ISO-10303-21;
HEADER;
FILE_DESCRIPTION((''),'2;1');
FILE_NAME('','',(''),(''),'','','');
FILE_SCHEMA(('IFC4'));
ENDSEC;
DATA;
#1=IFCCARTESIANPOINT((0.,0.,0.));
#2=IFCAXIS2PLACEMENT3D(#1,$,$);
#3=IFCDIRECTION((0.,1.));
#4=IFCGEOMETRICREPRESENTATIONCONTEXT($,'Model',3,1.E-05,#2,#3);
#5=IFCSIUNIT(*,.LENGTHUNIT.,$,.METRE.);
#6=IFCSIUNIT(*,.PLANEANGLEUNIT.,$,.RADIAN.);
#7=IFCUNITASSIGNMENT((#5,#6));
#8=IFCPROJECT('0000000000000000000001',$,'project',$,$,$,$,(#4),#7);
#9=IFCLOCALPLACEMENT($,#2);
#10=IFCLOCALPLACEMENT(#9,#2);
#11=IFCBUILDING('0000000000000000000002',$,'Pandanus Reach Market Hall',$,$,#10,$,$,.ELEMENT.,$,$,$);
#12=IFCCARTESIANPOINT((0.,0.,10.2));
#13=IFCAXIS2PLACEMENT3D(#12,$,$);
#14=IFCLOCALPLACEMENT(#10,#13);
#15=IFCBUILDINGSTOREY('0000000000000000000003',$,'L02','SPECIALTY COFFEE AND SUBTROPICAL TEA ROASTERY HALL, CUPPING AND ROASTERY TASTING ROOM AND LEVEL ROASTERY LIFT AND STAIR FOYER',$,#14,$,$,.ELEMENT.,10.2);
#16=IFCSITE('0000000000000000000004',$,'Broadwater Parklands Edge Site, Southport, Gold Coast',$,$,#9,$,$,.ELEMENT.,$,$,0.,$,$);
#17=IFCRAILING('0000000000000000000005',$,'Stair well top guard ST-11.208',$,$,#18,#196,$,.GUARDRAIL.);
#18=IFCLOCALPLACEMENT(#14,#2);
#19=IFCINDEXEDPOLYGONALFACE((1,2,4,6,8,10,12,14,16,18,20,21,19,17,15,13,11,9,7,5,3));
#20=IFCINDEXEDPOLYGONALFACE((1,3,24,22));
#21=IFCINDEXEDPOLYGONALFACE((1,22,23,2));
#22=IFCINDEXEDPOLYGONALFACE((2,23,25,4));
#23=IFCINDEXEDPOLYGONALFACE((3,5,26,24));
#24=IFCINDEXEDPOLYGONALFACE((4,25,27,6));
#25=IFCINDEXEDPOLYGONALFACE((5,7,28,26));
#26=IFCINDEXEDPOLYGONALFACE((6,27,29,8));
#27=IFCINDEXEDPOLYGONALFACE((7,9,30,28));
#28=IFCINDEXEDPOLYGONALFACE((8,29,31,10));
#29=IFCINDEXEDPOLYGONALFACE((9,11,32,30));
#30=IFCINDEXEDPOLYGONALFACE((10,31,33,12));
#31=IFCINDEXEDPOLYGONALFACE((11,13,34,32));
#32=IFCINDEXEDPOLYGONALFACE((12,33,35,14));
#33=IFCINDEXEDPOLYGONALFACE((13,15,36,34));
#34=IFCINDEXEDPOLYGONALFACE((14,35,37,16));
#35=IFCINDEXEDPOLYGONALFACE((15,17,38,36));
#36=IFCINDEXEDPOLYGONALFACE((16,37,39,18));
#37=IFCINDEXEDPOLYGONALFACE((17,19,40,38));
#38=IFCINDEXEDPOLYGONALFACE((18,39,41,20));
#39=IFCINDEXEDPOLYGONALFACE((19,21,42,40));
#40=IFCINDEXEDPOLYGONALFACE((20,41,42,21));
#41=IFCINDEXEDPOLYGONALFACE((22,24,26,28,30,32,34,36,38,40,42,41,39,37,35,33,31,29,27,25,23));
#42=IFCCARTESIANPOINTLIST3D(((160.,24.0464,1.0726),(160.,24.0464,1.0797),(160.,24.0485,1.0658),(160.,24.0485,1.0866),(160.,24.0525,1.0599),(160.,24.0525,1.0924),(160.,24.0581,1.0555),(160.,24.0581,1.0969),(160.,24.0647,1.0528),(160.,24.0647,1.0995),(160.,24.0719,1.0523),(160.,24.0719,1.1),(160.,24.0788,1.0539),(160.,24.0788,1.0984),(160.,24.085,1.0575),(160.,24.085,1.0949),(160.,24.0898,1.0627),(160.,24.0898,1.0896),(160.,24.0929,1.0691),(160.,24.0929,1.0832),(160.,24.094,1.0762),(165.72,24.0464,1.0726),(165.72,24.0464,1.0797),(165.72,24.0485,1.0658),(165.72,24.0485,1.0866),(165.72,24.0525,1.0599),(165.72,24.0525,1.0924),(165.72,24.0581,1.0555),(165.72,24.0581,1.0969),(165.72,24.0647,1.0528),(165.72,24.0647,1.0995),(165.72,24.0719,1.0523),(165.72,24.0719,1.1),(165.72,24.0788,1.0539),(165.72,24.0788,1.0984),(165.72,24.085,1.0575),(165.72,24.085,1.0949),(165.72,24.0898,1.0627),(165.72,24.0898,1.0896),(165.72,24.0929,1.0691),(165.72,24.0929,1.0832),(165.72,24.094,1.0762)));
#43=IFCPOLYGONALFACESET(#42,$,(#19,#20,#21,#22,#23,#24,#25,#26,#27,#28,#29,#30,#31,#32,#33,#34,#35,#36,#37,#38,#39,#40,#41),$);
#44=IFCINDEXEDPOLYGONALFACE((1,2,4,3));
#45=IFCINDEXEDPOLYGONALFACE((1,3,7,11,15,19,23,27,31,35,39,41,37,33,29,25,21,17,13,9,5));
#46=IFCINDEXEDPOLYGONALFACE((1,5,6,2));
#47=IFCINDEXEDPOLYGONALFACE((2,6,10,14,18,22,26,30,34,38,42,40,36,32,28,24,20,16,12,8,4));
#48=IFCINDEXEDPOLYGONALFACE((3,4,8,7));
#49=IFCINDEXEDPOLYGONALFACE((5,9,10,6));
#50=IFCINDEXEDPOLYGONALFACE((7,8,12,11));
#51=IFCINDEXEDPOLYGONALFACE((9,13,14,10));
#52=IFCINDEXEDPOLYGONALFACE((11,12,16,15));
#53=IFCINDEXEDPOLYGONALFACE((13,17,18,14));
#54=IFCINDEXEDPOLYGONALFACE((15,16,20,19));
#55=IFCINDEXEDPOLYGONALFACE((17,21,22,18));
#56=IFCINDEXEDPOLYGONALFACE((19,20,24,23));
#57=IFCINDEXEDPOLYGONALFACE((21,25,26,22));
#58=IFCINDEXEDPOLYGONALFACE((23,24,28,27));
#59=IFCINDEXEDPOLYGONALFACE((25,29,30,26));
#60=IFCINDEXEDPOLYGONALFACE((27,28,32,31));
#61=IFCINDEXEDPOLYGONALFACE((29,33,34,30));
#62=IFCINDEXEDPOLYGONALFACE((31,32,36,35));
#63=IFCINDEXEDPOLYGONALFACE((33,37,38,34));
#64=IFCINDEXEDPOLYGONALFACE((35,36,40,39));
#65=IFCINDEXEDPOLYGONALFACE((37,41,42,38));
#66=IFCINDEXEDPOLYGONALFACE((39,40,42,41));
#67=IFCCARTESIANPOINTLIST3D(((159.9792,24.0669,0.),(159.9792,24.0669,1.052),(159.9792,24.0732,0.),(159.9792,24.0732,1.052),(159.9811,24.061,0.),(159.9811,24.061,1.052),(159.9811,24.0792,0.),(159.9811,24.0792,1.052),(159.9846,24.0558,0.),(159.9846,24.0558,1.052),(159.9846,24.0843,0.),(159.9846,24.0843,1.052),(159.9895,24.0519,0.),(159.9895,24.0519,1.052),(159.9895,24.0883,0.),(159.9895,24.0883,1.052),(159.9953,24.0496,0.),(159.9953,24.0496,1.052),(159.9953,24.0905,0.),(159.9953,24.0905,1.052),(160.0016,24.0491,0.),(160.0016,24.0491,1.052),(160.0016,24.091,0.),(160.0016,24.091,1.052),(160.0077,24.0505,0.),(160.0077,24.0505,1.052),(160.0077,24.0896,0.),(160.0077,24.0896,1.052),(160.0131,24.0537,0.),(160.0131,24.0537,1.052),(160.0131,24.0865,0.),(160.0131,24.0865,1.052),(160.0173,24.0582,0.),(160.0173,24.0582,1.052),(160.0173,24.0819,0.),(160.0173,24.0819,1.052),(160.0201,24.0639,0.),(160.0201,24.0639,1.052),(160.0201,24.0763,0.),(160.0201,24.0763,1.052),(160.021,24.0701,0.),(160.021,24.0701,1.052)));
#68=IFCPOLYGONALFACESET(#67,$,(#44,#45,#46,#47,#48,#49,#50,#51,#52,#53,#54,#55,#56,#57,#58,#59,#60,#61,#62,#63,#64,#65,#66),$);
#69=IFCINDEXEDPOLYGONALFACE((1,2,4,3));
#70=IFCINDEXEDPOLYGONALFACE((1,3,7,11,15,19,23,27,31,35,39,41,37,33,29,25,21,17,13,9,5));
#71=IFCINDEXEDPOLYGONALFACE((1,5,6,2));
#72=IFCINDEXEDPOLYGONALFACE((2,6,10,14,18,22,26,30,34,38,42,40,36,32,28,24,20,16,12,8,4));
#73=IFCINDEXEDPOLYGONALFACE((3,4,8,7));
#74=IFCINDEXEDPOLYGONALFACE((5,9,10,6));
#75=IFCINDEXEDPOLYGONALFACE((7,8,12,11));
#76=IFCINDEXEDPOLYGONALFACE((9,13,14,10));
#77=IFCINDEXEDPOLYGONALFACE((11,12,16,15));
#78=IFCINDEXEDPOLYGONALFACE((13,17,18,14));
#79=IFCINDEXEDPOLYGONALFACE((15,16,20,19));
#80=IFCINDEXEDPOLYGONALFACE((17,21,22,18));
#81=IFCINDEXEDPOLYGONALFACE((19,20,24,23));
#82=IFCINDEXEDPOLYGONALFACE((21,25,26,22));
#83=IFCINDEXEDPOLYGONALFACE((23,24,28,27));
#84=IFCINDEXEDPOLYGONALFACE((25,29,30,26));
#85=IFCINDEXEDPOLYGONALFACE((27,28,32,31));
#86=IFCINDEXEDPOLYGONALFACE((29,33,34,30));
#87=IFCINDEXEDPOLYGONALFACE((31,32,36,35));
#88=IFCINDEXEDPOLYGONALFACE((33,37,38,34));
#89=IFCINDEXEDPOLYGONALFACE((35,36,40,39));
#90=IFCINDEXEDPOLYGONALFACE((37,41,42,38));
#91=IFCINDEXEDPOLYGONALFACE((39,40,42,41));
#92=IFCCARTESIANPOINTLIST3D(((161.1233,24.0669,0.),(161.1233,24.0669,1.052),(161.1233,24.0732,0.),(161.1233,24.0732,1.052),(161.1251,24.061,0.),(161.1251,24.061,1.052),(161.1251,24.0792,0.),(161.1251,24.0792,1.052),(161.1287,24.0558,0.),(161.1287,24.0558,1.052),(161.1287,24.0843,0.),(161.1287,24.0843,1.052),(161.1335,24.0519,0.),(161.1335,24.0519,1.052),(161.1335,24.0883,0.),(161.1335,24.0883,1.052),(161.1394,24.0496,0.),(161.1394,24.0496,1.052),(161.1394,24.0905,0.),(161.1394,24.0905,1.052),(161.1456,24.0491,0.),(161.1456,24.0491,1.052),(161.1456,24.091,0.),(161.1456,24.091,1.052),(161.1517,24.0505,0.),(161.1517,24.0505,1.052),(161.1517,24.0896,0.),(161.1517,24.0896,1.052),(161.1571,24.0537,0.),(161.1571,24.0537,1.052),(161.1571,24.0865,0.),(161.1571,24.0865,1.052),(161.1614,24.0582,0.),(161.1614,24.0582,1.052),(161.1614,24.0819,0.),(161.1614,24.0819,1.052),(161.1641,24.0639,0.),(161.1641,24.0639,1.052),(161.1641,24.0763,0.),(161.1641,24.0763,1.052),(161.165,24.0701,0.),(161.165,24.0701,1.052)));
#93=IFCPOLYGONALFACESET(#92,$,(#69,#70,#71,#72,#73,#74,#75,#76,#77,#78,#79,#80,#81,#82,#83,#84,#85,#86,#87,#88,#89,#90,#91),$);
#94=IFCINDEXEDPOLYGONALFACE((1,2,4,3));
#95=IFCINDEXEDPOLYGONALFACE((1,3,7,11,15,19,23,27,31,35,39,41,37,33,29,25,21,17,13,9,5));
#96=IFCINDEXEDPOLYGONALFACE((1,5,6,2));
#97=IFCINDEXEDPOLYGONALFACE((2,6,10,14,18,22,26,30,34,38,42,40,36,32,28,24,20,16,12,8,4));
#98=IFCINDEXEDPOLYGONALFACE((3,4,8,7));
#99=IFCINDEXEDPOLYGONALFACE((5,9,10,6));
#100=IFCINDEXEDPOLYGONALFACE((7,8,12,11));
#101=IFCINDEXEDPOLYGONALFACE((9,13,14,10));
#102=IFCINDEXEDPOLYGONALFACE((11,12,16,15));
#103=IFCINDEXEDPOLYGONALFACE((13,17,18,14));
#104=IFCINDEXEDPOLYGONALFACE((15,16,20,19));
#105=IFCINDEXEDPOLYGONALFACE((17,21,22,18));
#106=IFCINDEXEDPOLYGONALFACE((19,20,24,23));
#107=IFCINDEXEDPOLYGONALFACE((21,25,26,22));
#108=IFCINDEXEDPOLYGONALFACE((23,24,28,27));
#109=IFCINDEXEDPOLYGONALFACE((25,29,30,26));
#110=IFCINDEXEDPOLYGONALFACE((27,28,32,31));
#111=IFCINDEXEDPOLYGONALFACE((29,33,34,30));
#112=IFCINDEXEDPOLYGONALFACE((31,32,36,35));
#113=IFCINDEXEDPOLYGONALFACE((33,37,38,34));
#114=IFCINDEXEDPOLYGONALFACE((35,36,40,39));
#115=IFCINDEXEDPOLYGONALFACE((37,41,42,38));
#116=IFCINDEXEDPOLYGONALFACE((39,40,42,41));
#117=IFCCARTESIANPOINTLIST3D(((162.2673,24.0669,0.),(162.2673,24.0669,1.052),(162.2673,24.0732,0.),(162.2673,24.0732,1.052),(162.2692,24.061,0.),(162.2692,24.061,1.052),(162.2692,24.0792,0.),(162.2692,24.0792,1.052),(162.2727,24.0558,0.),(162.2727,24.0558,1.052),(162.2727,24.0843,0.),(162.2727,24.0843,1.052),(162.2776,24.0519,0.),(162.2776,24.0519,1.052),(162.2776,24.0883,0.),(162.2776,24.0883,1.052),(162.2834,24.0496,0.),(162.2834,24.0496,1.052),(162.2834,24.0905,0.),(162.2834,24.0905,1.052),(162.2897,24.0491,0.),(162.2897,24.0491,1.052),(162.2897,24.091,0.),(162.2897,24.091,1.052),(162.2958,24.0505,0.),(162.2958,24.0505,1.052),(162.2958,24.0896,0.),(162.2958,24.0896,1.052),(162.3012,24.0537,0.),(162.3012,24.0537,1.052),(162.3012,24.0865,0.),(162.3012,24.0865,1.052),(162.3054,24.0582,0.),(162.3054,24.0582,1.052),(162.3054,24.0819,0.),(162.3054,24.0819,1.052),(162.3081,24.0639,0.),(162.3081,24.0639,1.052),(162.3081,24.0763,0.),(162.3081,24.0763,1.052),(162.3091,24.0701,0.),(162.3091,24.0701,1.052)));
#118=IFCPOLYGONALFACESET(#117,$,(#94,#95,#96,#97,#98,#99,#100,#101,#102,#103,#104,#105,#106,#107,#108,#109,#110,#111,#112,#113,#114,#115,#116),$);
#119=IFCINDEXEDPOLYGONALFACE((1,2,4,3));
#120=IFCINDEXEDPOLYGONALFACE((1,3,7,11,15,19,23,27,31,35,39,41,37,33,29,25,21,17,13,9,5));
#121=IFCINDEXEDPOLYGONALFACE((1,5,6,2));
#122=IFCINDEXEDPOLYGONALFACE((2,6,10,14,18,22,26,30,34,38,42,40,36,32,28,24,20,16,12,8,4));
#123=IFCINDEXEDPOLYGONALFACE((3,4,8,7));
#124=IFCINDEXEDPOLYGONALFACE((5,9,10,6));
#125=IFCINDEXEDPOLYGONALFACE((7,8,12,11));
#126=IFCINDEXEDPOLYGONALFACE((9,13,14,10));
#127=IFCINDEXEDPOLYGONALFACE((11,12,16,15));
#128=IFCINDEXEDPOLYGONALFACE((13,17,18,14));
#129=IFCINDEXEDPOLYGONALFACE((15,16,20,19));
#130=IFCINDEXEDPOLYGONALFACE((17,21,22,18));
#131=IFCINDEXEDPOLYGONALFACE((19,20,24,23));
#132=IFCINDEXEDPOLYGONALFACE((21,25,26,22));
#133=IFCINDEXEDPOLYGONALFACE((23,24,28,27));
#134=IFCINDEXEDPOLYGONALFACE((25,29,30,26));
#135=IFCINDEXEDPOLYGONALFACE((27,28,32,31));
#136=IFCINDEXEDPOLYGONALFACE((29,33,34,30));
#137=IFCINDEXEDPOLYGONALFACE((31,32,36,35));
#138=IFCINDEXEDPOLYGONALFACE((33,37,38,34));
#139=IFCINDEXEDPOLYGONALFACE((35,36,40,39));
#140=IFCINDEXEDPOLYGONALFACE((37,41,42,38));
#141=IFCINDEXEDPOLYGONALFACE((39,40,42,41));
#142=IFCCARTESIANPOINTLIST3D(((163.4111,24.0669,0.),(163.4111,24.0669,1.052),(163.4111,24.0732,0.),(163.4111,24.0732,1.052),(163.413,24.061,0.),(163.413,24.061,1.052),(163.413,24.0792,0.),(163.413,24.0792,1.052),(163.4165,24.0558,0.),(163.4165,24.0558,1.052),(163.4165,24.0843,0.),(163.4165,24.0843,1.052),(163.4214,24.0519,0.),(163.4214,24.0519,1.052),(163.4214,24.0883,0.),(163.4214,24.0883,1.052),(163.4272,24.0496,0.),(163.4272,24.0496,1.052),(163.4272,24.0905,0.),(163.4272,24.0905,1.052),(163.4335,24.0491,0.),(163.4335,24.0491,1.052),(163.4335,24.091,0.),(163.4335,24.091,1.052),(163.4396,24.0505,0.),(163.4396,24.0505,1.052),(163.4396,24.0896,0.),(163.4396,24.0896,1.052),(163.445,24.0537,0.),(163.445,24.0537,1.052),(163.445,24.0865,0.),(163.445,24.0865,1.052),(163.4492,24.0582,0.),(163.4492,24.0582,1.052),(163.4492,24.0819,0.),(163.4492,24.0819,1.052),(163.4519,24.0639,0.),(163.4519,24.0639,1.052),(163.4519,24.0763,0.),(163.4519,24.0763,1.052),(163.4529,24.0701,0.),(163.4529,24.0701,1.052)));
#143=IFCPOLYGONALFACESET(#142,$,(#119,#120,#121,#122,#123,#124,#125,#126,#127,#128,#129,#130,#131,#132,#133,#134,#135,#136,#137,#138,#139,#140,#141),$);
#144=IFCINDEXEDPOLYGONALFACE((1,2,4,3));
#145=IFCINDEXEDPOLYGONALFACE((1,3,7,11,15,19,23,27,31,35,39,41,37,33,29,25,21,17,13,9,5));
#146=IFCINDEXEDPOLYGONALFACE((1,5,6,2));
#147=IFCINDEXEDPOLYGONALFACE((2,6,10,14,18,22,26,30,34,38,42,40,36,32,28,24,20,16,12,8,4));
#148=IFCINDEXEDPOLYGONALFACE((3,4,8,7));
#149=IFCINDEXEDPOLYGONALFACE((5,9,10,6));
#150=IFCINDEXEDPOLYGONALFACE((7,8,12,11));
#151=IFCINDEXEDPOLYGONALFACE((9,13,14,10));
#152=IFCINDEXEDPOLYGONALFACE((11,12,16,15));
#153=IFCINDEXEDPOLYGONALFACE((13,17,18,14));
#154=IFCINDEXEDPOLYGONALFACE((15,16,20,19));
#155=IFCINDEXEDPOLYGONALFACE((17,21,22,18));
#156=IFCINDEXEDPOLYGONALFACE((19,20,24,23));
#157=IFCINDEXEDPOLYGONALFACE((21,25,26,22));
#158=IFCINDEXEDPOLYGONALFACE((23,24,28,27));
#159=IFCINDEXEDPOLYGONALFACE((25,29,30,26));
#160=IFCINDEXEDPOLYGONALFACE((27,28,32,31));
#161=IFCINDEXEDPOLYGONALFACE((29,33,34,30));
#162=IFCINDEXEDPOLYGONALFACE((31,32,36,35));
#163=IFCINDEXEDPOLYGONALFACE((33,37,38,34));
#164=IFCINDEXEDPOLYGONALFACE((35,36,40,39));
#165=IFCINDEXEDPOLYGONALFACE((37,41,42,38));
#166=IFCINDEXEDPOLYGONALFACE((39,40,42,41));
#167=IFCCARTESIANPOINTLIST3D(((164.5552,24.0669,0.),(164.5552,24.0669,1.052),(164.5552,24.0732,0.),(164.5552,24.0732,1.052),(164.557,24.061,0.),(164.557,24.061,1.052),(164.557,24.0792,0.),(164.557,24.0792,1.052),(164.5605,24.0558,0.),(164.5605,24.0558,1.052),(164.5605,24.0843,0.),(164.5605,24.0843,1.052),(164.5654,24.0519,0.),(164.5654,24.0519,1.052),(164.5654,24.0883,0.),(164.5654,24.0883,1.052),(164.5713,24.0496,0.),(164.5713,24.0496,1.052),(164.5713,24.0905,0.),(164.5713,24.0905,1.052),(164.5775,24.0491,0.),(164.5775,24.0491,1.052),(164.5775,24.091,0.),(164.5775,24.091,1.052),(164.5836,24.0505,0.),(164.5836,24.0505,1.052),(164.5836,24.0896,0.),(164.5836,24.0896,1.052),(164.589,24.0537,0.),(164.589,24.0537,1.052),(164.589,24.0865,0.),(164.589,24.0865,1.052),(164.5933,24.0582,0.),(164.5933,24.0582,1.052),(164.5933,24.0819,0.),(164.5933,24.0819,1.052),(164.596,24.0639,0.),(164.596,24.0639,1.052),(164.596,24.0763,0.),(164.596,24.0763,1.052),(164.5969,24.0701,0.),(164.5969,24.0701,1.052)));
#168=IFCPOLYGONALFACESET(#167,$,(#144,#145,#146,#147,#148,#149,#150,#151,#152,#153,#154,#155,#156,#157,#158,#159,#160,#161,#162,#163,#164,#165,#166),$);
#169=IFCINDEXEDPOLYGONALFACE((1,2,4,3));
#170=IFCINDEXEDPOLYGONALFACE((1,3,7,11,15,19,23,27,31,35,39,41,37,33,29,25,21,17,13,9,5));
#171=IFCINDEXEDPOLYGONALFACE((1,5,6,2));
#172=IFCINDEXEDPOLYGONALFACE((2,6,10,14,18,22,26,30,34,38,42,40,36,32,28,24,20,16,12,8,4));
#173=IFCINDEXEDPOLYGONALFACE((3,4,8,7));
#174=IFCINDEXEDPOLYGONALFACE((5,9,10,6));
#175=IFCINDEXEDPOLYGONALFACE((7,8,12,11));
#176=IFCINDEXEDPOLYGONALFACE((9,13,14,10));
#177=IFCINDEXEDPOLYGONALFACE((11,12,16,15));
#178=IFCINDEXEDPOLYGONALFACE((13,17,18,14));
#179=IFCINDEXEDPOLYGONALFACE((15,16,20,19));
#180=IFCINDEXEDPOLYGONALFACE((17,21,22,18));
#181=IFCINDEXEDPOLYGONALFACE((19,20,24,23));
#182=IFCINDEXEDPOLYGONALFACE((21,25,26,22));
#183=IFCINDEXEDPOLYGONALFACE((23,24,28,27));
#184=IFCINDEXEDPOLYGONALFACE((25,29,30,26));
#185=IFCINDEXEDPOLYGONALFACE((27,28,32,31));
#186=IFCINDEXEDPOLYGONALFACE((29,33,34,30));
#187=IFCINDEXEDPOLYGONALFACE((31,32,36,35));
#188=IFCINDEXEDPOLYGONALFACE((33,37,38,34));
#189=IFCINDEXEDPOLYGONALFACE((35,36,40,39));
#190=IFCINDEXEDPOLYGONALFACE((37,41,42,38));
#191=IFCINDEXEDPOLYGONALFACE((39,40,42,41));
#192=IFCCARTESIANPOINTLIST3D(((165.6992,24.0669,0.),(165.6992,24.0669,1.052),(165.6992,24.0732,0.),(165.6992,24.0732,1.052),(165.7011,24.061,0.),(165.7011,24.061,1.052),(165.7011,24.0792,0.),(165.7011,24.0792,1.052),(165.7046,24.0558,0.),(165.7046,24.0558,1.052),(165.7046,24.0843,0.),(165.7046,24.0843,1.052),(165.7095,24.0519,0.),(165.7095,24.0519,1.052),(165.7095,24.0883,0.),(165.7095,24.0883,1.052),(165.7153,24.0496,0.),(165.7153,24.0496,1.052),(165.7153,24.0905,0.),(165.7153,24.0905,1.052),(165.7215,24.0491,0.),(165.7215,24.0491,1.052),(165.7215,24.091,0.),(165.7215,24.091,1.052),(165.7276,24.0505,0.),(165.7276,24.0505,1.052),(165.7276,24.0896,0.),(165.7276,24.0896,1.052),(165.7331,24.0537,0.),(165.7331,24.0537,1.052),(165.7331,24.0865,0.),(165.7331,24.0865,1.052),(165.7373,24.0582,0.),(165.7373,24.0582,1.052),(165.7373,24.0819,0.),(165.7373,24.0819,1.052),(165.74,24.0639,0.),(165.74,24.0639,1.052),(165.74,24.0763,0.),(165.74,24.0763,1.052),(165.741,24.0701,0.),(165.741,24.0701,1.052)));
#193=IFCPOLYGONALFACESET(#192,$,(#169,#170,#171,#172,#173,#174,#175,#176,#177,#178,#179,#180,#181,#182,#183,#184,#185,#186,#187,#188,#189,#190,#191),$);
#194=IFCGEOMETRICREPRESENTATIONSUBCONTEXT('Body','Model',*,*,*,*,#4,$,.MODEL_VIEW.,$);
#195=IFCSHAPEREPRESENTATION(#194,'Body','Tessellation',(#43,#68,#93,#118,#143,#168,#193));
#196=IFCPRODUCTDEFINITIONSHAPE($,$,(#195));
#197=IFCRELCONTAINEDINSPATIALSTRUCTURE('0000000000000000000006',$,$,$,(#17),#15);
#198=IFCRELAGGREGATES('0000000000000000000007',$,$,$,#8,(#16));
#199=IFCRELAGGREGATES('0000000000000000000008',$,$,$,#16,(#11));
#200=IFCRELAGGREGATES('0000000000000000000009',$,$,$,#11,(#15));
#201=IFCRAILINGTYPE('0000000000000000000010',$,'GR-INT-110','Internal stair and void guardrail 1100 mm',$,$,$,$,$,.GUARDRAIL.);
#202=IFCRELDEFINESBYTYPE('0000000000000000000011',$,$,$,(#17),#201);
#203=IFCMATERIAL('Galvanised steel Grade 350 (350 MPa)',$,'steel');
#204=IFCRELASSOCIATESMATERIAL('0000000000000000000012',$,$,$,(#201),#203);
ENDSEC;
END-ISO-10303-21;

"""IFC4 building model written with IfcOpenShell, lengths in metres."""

from ifc_helpers import new_model, si_unit, direction, frame, origin, origin_2d, place, context, subcontext, project, spatial, circle, extrude, material, type_object, element, save


model = new_model("IFC4")

# Units and contexts
model_context = context("Model", 3, precision=1e-05, world=origin(), true_north=direction((0.0, 1.0)))
body_context = subcontext(model_context, "Body", "Model", "MODEL_VIEW")
ifc_project = project(units=[si_unit("LENGTHUNIT", "METRE"), si_unit("PLANEANGLEUNIT", "RADIAN")], contexts=[model_context])

# Site, building, storey
site_placement = place(None, origin())
site = spatial("IfcSite", under=ifc_project, at=site_placement, Name="Broadwater Parklands Edge Site, Southport, Gold Coast", CompositionType="ELEMENT", RefElevation=0.0)
building_placement = place(site_placement, origin())
building = spatial("IfcBuilding", under=site, at=building_placement, Name="Pandanus Reach Market Hall", CompositionType="ELEMENT")
storey_placement = place(building_placement, frame((0.0, 0.0, 10.2)))
storey = spatial("IfcBuildingStorey", under=building, at=storey_placement, Name="L02", Description="SPECIALTY COFFEE AND SUBTROPICAL TEA ROASTERY HALL, CUPPING AND ROASTERY TASTING ROOM AND LEVEL ROASTERY LIFT AND STAIR FOYER", CompositionType="ELEMENT", Elevation=10.2)

# Railing
ifc_material_1 = material(Name="Galvanised steel Grade 350 (350 MPa)", Category="steel")
railing_type = type_object("IfcRailingType", Name="GR-INT-110", Description="Internal stair and void guardrail 1100 mm", PredefinedType="GUARDRAIL", material=ifc_material_1)
for number, where, name in (
    (1, (160.0, 24.0701, 0.0), "Stair well top guard ST-11.208"),
):
    element("IfcRailing", number, at=place(storey_placement, frame(where)), inside=storey, type_object=railing_type, Name=name, PredefinedType="GUARDRAIL", context=body_context, shape_type="SweptSolid", body=[
        extrude(circle(Radius=0.0239, at=origin_2d()), frame((0.0, 0.0, 1.0762), z_axis=(1.0, 0.0, 0.0), x_axis=(0.0, 1.0, 0.0)), (0.0, 0.0, 1.0), 5.72),
        extrude(circle(Radius=0.021, at=origin_2d()), origin(), (0.0, 0.0, 1.0), 1.052),
        extrude(circle(Radius=0.021, at=origin_2d()), frame((1.144, 0.0, 0.0)), (0.0, 0.0, 1.0), 1.052),
        extrude(circle(Radius=0.021, at=origin_2d()), frame((2.2881, 0.0, 0.0)), (0.0, 0.0, 1.0), 1.052),
        extrude(circle(Radius=0.021, at=origin_2d()), frame((3.4319, 0.0, 0.0)), (0.0, 0.0, 1.0), 1.052),
        extrude(circle(Radius=0.021, at=origin_2d()), frame((4.5759, 0.0, 0.0)), (0.0, 0.0, 1.0), 1.052),
        extrude(circle(Radius=0.021, at=origin_2d()), frame((5.72, 0.0, 0.0)), (0.0, 0.0, 1.0), 1.052),
    ])

save(model, "model.ifc")
